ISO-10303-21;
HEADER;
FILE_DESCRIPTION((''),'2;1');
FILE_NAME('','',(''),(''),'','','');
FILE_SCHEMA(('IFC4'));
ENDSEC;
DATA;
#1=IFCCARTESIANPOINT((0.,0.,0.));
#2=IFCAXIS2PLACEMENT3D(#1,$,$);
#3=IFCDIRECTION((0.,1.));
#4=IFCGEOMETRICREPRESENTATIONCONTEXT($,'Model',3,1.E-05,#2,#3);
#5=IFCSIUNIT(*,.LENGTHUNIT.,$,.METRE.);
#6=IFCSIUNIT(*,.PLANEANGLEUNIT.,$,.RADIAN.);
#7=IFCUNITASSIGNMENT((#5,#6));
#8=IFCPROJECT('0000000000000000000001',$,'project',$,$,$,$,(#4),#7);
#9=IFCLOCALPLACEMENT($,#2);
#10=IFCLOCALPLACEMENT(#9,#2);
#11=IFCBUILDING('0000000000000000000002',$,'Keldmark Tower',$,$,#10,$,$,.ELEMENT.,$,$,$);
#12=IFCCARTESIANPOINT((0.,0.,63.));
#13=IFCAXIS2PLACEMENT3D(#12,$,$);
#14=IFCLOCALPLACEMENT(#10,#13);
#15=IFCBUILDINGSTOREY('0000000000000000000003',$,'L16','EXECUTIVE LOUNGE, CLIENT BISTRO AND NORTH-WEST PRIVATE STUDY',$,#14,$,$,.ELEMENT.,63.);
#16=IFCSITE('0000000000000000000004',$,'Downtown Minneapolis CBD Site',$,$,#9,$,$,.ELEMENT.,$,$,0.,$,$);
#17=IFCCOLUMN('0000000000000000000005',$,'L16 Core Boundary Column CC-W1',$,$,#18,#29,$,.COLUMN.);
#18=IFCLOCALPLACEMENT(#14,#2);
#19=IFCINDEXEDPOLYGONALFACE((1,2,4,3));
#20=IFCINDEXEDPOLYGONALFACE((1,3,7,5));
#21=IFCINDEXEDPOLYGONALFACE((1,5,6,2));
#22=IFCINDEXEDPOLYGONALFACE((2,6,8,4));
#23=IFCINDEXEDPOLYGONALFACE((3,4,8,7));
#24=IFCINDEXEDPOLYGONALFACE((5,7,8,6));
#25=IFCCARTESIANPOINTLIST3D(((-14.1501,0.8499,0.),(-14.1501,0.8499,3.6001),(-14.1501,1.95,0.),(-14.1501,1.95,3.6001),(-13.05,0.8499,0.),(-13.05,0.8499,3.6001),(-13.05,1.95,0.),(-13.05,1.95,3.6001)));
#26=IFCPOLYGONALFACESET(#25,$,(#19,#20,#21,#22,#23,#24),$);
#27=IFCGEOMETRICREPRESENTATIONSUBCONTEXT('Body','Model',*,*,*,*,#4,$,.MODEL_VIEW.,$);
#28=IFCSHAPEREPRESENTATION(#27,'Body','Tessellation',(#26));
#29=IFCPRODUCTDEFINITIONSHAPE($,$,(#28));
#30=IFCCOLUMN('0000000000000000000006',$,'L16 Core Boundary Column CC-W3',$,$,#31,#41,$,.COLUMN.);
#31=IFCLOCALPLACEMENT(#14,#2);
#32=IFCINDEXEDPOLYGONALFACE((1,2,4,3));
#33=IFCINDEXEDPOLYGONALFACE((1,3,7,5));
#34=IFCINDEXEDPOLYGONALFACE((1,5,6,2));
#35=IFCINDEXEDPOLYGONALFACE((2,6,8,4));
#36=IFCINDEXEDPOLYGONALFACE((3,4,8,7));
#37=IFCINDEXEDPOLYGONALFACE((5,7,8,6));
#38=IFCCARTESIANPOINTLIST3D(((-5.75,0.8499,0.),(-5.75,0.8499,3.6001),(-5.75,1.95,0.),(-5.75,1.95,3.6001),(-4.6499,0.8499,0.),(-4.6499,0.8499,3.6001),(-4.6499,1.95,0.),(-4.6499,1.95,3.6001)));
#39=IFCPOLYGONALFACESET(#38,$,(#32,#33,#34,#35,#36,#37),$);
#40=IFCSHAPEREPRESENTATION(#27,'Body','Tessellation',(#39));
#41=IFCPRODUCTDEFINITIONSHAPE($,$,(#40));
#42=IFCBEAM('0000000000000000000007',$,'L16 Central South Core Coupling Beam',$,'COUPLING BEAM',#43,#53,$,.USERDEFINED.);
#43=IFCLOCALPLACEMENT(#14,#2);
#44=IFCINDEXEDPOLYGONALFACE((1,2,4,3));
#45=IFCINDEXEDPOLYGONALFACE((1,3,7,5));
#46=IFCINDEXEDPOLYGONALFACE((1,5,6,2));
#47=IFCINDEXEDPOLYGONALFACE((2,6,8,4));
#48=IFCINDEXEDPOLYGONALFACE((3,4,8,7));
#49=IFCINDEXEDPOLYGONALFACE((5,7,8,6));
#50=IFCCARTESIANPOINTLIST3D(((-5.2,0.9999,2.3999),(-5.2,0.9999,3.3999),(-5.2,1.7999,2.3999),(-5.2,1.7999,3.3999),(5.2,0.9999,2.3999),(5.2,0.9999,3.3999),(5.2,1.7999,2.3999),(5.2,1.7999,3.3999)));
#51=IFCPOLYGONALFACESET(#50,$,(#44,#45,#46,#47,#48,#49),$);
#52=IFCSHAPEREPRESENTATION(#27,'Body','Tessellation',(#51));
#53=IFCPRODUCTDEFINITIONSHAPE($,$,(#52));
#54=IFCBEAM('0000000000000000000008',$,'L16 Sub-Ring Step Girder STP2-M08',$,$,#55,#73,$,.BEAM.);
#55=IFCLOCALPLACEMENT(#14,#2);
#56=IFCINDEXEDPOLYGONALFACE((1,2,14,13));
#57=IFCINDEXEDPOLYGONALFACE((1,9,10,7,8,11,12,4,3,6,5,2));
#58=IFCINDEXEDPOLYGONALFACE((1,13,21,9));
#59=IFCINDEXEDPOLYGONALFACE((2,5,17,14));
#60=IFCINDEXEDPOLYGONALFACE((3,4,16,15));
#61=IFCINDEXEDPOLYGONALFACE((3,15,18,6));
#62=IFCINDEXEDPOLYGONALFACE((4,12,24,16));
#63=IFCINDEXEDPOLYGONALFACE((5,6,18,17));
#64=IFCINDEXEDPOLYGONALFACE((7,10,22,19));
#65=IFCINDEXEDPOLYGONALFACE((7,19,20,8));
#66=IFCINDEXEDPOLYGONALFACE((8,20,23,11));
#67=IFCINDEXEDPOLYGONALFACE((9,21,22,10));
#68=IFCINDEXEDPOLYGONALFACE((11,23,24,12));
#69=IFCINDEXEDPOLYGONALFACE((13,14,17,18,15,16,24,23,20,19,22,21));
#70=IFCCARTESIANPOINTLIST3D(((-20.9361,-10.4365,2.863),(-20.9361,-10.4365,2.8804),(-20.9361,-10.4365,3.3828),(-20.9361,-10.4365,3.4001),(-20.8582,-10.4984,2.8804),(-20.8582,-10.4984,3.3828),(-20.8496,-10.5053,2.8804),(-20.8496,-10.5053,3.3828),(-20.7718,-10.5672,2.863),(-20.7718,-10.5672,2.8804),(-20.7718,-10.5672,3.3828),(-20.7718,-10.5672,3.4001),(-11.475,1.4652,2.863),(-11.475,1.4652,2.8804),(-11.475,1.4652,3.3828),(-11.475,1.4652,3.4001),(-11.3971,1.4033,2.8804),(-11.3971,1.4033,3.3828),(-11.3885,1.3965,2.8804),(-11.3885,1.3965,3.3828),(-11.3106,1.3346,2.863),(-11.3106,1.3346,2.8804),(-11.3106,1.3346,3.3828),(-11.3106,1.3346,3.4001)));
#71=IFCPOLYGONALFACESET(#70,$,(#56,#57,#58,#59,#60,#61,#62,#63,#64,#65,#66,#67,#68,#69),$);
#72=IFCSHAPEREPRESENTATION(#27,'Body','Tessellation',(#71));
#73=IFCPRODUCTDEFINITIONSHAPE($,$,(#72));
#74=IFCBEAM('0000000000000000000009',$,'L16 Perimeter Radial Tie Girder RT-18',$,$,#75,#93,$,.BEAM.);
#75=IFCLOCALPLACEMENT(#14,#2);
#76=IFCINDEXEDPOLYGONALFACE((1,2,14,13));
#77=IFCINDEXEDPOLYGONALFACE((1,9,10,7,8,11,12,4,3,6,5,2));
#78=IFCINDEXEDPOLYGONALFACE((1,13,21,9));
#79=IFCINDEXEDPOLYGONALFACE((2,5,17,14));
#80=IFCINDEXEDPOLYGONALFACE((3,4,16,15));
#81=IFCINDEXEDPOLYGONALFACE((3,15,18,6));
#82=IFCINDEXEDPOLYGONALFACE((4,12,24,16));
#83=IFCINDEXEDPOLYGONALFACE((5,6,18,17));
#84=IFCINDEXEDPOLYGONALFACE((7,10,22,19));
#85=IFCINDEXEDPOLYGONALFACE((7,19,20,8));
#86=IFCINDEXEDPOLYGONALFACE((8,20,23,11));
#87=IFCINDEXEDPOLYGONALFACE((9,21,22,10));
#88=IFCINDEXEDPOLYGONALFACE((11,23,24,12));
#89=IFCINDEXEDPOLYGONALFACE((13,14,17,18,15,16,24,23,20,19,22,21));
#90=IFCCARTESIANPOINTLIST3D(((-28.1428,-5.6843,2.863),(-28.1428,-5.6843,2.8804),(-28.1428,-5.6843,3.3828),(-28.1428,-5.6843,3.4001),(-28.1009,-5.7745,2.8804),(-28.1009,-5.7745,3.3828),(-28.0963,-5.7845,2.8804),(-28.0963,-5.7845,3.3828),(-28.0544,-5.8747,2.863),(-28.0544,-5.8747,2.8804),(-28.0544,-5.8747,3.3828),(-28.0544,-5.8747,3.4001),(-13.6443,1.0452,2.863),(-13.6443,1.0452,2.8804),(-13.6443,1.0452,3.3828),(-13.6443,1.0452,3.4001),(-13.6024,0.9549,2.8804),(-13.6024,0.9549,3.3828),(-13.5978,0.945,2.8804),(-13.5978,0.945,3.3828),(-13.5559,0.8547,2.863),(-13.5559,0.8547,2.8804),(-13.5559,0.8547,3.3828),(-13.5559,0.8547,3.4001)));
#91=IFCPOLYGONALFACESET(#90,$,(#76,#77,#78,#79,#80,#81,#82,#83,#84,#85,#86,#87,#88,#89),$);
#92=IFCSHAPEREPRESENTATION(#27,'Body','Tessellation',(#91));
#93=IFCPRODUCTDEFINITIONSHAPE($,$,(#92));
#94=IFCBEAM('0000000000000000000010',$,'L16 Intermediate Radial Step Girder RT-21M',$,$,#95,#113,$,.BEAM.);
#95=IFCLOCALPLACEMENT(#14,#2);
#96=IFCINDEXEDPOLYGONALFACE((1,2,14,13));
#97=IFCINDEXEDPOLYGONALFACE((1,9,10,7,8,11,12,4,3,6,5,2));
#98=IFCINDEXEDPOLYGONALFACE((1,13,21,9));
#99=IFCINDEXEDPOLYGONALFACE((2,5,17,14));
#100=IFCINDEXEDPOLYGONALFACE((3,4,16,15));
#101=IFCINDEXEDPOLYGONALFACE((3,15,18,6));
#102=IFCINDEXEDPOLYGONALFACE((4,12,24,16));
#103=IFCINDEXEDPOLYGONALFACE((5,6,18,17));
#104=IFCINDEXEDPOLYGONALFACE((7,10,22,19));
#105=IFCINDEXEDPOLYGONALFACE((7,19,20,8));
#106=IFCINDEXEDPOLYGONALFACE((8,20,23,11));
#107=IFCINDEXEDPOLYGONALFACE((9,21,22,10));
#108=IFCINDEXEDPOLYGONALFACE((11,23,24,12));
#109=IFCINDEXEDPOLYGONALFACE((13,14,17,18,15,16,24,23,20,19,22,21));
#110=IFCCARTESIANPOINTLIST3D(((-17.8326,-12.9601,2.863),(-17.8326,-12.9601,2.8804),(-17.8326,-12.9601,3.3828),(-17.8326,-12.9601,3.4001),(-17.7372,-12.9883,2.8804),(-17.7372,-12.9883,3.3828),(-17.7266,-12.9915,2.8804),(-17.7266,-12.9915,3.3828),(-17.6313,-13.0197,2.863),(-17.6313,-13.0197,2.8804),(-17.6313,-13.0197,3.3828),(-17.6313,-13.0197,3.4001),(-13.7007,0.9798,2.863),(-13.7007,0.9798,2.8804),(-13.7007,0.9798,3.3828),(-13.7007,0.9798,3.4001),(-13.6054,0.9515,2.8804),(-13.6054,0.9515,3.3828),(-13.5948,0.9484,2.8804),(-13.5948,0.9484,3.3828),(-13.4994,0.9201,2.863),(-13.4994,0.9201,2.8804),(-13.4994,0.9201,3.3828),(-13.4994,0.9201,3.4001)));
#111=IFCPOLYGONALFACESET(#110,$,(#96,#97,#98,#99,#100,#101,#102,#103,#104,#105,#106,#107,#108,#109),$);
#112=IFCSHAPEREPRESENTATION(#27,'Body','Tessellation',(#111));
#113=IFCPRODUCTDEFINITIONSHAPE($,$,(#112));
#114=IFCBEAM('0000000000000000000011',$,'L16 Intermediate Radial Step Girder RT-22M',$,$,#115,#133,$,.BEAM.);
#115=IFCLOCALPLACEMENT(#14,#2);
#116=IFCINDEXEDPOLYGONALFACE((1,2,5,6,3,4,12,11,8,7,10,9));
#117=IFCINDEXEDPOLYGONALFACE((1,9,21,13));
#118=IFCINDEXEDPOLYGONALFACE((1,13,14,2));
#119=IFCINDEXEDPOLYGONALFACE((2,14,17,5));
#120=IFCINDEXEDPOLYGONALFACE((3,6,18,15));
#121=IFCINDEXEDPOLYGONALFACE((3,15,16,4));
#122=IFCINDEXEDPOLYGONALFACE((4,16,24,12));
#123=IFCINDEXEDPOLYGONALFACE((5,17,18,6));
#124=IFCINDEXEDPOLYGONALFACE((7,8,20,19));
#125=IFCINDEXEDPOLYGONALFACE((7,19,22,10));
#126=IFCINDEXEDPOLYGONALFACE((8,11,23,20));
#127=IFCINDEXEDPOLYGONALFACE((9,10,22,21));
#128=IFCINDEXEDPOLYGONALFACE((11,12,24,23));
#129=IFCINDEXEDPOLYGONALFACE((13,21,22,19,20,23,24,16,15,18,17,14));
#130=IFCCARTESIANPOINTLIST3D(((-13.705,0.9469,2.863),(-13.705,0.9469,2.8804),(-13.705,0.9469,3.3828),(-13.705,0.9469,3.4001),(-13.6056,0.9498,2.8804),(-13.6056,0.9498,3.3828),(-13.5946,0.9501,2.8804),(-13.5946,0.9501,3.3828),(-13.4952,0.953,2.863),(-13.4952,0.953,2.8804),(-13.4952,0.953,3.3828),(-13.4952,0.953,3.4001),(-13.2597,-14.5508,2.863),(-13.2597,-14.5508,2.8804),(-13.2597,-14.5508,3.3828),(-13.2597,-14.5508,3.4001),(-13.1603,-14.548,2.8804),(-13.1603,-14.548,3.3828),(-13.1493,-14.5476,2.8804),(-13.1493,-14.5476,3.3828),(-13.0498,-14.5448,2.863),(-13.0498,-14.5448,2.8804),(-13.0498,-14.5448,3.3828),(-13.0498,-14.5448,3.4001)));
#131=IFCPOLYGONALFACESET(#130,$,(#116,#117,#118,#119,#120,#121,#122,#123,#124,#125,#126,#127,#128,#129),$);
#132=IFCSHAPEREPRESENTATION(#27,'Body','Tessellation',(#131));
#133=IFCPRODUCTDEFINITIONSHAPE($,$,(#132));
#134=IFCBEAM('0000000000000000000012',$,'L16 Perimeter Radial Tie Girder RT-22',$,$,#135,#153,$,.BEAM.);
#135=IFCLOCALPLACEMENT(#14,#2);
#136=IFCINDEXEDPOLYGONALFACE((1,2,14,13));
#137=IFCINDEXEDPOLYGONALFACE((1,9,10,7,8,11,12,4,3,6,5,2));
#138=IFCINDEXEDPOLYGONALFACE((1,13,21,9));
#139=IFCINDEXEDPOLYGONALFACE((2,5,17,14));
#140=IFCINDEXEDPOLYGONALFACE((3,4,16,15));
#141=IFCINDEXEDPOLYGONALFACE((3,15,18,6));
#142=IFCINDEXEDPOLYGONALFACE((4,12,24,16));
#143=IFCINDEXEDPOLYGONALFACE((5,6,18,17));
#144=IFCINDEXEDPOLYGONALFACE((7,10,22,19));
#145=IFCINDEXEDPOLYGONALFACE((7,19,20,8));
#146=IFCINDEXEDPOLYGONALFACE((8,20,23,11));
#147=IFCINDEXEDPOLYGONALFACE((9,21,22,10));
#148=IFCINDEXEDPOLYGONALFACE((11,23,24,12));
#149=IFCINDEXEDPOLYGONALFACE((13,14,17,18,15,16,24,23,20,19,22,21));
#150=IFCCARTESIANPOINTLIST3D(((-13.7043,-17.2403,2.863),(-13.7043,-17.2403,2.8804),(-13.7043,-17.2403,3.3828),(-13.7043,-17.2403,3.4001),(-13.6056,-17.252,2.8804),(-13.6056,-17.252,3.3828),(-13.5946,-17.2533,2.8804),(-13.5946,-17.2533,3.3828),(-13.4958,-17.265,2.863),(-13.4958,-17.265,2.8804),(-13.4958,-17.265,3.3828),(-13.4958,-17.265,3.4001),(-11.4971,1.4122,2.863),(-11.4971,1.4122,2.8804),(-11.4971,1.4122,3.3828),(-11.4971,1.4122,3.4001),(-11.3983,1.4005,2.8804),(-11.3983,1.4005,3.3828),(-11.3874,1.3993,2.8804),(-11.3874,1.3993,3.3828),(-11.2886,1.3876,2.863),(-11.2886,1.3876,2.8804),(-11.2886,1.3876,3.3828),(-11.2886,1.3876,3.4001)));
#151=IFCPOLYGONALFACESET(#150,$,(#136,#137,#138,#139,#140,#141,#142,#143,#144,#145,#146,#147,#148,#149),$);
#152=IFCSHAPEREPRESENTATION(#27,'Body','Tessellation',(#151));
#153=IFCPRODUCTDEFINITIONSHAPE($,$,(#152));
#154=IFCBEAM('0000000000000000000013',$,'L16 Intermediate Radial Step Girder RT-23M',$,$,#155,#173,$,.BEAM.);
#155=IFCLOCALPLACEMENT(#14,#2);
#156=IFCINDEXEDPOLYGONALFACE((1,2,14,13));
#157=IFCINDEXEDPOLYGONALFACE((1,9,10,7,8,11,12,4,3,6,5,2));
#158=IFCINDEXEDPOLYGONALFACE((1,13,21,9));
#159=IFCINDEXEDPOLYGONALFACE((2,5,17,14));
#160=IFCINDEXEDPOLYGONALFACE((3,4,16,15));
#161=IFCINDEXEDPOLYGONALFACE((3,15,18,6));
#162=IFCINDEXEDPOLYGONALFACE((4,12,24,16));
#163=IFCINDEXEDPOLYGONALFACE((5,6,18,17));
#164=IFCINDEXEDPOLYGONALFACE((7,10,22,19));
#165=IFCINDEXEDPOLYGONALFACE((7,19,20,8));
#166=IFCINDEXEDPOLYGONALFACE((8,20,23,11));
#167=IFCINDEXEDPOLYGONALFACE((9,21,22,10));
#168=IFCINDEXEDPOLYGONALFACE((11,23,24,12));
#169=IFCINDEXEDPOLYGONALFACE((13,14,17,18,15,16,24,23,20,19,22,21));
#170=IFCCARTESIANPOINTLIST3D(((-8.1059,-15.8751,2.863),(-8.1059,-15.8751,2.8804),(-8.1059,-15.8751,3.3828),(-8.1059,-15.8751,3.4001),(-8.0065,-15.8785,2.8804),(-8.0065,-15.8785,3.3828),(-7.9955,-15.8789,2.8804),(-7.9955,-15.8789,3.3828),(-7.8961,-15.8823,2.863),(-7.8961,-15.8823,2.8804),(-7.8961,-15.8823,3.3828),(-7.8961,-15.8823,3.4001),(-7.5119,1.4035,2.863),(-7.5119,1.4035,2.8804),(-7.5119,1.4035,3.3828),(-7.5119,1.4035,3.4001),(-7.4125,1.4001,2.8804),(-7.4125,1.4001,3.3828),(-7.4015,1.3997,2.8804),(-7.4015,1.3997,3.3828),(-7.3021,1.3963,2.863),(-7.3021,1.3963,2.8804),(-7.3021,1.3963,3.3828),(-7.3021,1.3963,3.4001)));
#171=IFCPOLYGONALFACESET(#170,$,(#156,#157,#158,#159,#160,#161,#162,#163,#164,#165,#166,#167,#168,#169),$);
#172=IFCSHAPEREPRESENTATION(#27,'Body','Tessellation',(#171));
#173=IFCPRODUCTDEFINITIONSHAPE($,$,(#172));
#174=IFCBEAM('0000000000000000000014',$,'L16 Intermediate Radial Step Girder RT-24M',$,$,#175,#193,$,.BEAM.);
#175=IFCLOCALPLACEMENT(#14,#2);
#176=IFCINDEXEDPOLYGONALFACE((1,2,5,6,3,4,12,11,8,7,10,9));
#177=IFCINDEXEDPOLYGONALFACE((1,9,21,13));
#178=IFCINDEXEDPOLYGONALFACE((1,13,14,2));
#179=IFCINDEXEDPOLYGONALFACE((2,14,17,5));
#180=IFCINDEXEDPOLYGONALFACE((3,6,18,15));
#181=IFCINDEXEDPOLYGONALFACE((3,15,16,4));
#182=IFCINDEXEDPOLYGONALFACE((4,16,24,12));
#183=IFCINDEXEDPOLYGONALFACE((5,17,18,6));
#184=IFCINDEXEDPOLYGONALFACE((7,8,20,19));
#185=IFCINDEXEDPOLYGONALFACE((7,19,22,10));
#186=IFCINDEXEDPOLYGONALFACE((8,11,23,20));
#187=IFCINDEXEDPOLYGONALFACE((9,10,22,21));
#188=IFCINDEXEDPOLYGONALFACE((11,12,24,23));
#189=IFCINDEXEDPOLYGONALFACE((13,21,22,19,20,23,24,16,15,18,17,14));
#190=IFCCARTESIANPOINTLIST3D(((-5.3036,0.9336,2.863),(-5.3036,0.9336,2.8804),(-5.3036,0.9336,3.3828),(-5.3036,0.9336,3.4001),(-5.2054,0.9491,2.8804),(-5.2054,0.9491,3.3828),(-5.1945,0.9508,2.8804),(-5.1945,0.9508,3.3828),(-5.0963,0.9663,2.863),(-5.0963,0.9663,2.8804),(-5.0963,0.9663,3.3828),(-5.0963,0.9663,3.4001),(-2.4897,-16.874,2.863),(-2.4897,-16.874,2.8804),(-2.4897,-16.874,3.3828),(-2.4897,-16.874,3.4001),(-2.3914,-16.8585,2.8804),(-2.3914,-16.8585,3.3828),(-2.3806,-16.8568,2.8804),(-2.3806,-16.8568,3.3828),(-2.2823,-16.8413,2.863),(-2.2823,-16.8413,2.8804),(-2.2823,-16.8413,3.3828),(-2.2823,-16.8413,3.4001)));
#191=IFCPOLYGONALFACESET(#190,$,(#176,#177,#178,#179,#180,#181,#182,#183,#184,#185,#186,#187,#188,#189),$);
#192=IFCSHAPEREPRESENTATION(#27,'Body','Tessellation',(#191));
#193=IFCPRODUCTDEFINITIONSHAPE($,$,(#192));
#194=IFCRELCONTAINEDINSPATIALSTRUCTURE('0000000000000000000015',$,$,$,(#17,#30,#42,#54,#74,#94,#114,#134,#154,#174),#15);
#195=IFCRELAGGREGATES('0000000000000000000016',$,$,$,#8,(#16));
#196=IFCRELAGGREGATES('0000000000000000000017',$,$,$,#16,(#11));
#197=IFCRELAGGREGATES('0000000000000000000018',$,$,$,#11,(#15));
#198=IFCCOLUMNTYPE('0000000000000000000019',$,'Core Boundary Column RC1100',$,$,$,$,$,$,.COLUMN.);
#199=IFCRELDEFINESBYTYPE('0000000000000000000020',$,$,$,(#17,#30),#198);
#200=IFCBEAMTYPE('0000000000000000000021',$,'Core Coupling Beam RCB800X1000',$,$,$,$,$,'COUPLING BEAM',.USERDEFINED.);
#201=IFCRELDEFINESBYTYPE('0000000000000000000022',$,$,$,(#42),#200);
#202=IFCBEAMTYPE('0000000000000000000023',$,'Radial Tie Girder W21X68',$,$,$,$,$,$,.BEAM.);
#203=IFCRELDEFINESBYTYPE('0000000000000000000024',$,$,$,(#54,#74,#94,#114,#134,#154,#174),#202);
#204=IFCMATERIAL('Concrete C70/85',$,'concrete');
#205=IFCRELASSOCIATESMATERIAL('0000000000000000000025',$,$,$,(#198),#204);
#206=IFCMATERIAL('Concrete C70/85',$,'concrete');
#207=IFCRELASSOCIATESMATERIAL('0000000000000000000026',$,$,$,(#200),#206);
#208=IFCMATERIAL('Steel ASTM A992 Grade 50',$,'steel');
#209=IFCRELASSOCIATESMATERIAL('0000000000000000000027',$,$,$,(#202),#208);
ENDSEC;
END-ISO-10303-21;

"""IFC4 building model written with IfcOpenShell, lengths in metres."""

from ifc_helpers import new_model, si_unit, direction, frame, origin, origin_2d, place, context, subcontext, project, spatial, rectangle, i_section, extrude, material, material_profile, profile_set, type_object, element, save


model = new_model("IFC4")

# Units and contexts
model_context = context("Model", 3, precision=1e-05, world=origin(), true_north=direction((0.0, 1.0)))
body_context = subcontext(model_context, "Body", "Model", "MODEL_VIEW")
ifc_project = project(units=[si_unit("LENGTHUNIT", "METRE"), si_unit("PLANEANGLEUNIT", "RADIAN")], contexts=[model_context])

# Site, building, storey
site_placement = place(None, origin())
site = spatial("IfcSite", under=ifc_project, at=site_placement, Name="Downtown Minneapolis CBD Site", CompositionType="ELEMENT", RefElevation=0.0)
building_placement = place(site_placement, origin())
building = spatial("IfcBuilding", under=site, at=building_placement, Name="Keldmark Tower", CompositionType="ELEMENT")
storey_placement = place(building_placement, frame((0.0, 0.0, 63.0)))
storey = spatial("IfcBuildingStorey", under=building, at=storey_placement, Name="L16", Description="EXECUTIVE LOUNGE, CLIENT BISTRO AND NORTH-WEST PRIVATE STUDY", CompositionType="ELEMENT", Elevation=63.0)

# Columns
ifc_material_1 = material(Name="Concrete C70/85", Category="concrete")
ifc_material_profile_1 = material_profile(ifc_material_1, rectangle(XDim=1.1001, YDim=1.1001, at=origin_2d()), Name="RC1100X1100")
ifc_profile_set_1 = profile_set([ifc_material_profile_1], Name="Concrete C70/85")
column_type = type_object("IfcColumnType", Name="Core Boundary Column RC1100", PredefinedType="COLUMN", material=ifc_profile_set_1)
for number, where, z_axis, x_axis, name in (
    (1, (-13.6001, 1.3999, 0.0), (0.0, 0.0, 1.0), (1.0, 0.0, 0.0), "L16 Core Boundary Column CC-W1"),
    (2, (-5.2, 1.3999, 0.0), (0.0, 0.0, 1.0), (1.0, 0.0, 0.0), "L16 Core Boundary Column CC-W3"),
):
    element("IfcColumn", number, at=place(storey_placement, frame(where, z_axis=z_axis, x_axis=x_axis)), inside=storey, type_object=column_type, Name=name, PredefinedType="COLUMN", context=body_context, shape_type="SweptSolid", body=[
        extrude(rectangle(XDim=1.1001, YDim=1.1001, at=origin_2d()), origin(), (0.0, 0.0, 1.0), 3.6001),
    ])

# Beams
ifc_material_2 = material(Name="Concrete C70/85", Category="concrete")
ifc_material_profile_2 = material_profile(ifc_material_2, rectangle(XDim=0.8, YDim=1.0, at=origin_2d()), Name="RCB800X1000")
ifc_profile_set_2 = profile_set([ifc_material_profile_2], Name="Concrete C70/85")
beam_type_1 = type_object("IfcBeamType", Name="Core Coupling Beam RCB800X1000", ElementType="COUPLING BEAM", PredefinedType="USERDEFINED", material=ifc_profile_set_2)
beam_1_placement = place(storey_placement, frame((-5.2, 1.3999, 2.8999), z_axis=(1.0, 0.0, 0.0), x_axis=(0.0, 1.0, 0.0)))
element("IfcBeam", 3, at=beam_1_placement, inside=storey, type_object=beam_type_1, Name="L16 Central South Core Coupling Beam", ObjectType="COUPLING BEAM", PredefinedType="USERDEFINED", context=body_context, shape_type="SweptSolid", body=[
    extrude(rectangle(XDim=0.8, YDim=1.0, at=origin_2d()), origin(), (0.0, 0.0, 1.0), 10.3999),
])
ifc_material_3 = material(Name="Steel ASTM A992 Grade 50", Category="steel")
ifc_material_profile_3 = material_profile(ifc_material_3, i_section(OverallWidth=0.21, OverallDepth=0.5371, WebThickness=0.011, FlangeThickness=0.0173, at=origin_2d()), Name="W21X68")
ifc_profile_set_3 = profile_set([ifc_material_profile_3], Name="Steel ASTM A992 Grade 50")
beam_type_2 = type_object("IfcBeamType", Name="Radial Tie Girder W21X68", PredefinedType="BEAM", material=ifc_profile_set_3)
beam_2_placement = place(storey_placement, frame((-11.3928, 1.3999, 3.1316), z_axis=(-0.622274, -0.7828, 0.0), x_axis=(0.7828, -0.622274, 0.0)))
element("IfcBeam", 4, at=beam_2_placement, inside=storey, type_object=beam_type_2, Name="L16 Sub-Ring Step Girder STP2-M08", PredefinedType="BEAM", context=body_context, shape_type="SweptSolid", body=[
    extrude(i_section(OverallWidth=0.21, OverallDepth=0.5371, WebThickness=0.011, FlangeThickness=0.0173, at=origin_2d()), origin(), (0.0, 0.0, 1.0), 15.2041),
])
beam_3_placement = place(storey_placement, frame((-13.6001, 0.95, 3.1316), z_axis=(-0.907056, -0.42101, 0.0), x_axis=(0.42101, -0.907056, 0.0)))
element("IfcBeam", 5, at=beam_3_placement, inside=storey, type_object=beam_type_2, Name="L16 Perimeter Radial Tie Girder RT-18", PredefinedType="BEAM", context=body_context, shape_type="SweptSolid", body=[
    extrude(i_section(OverallWidth=0.21, OverallDepth=0.5371, WebThickness=0.011, FlangeThickness=0.0173, at=origin_2d()), origin(), (0.0, 0.0, 1.0), 15.9841),
])
beam_4_placement = place(storey_placement, frame((-13.6001, 0.95, 3.1316), z_axis=(-0.284182, -0.95877, 0.0), x_axis=(0.95877, -0.284182, 0.0)))
element("IfcBeam", 6, at=beam_4_placement, inside=storey, type_object=beam_type_2, Name="L16 Intermediate Radial Step Girder RT-21M", PredefinedType="BEAM", context=body_context, shape_type="SweptSolid", body=[
    extrude(i_section(OverallWidth=0.21, OverallDepth=0.5371, WebThickness=0.011, FlangeThickness=0.0173, at=origin_2d()), origin(), (0.0, 0.0, 1.0), 14.5393),
])
beam_5_placement = place(storey_placement, frame((-13.6001, 0.95, 3.1316), z_axis=(0.028722, -0.999587, 0.0), x_axis=(0.999587, 0.028722, 0.0)))
element("IfcBeam", 7, at=beam_5_placement, inside=storey, type_object=beam_type_2, Name="L16 Intermediate Radial Step Girder RT-22M", PredefinedType="BEAM", context=body_context, shape_type="SweptSolid", body=[
    extrude(i_section(OverallWidth=0.21, OverallDepth=0.5371, WebThickness=0.011, FlangeThickness=0.0173, at=origin_2d()), origin(), (0.0, 0.0, 1.0), 15.5042),
])
beam_6_placement = place(storey_placement, frame((-11.3928, 1.3999, 3.1316), z_axis=(-0.117516, -0.993071, 0.0), x_axis=(0.993071, -0.117516, 0.0)))
element("IfcBeam", 8, at=beam_6_placement, inside=storey, type_object=beam_type_2, Name="L16 Perimeter Radial Tie Girder RT-22", PredefinedType="BEAM", context=body_context, shape_type="SweptSolid", body=[
    extrude(i_section(OverallWidth=0.21, OverallDepth=0.5371, WebThickness=0.011, FlangeThickness=0.0173, at=origin_2d()), origin(), (0.0, 0.0, 1.0), 18.7827),
])
beam_7_placement = place(storey_placement, frame((-7.407, 1.3999, 3.1316), z_axis=(-0.034357, -0.99941, 0.0), x_axis=(0.99941, -0.034357, 0.0)))
element("IfcBeam", 9, at=beam_7_placement, inside=storey, type_object=beam_type_2, Name="L16 Intermediate Radial Step Girder RT-23M", PredefinedType="BEAM", context=body_context, shape_type="SweptSolid", body=[
    extrude(i_section(OverallWidth=0.21, OverallDepth=0.5371, WebThickness=0.011, FlangeThickness=0.0173, at=origin_2d()), origin(), (0.0, 0.0, 1.0), 17.2888),
])
beam_8_placement = place(storey_placement, frame((-5.2, 0.95, 3.1316), z_axis=(0.156084, -0.987744, 0.0), x_axis=(0.987744, 0.156084, 0.0)))
element("IfcBeam", 10, at=beam_8_placement, inside=storey, type_object=beam_type_2, Name="L16 Intermediate Radial Step Girder RT-24M", PredefinedType="BEAM", context=body_context, shape_type="SweptSolid", body=[
    extrude(i_section(OverallWidth=0.21, OverallDepth=0.5371, WebThickness=0.011, FlangeThickness=0.0173, at=origin_2d()), origin(), (0.0, 0.0, 1.0), 18.0286),
])

save(model, "model.ifc")
